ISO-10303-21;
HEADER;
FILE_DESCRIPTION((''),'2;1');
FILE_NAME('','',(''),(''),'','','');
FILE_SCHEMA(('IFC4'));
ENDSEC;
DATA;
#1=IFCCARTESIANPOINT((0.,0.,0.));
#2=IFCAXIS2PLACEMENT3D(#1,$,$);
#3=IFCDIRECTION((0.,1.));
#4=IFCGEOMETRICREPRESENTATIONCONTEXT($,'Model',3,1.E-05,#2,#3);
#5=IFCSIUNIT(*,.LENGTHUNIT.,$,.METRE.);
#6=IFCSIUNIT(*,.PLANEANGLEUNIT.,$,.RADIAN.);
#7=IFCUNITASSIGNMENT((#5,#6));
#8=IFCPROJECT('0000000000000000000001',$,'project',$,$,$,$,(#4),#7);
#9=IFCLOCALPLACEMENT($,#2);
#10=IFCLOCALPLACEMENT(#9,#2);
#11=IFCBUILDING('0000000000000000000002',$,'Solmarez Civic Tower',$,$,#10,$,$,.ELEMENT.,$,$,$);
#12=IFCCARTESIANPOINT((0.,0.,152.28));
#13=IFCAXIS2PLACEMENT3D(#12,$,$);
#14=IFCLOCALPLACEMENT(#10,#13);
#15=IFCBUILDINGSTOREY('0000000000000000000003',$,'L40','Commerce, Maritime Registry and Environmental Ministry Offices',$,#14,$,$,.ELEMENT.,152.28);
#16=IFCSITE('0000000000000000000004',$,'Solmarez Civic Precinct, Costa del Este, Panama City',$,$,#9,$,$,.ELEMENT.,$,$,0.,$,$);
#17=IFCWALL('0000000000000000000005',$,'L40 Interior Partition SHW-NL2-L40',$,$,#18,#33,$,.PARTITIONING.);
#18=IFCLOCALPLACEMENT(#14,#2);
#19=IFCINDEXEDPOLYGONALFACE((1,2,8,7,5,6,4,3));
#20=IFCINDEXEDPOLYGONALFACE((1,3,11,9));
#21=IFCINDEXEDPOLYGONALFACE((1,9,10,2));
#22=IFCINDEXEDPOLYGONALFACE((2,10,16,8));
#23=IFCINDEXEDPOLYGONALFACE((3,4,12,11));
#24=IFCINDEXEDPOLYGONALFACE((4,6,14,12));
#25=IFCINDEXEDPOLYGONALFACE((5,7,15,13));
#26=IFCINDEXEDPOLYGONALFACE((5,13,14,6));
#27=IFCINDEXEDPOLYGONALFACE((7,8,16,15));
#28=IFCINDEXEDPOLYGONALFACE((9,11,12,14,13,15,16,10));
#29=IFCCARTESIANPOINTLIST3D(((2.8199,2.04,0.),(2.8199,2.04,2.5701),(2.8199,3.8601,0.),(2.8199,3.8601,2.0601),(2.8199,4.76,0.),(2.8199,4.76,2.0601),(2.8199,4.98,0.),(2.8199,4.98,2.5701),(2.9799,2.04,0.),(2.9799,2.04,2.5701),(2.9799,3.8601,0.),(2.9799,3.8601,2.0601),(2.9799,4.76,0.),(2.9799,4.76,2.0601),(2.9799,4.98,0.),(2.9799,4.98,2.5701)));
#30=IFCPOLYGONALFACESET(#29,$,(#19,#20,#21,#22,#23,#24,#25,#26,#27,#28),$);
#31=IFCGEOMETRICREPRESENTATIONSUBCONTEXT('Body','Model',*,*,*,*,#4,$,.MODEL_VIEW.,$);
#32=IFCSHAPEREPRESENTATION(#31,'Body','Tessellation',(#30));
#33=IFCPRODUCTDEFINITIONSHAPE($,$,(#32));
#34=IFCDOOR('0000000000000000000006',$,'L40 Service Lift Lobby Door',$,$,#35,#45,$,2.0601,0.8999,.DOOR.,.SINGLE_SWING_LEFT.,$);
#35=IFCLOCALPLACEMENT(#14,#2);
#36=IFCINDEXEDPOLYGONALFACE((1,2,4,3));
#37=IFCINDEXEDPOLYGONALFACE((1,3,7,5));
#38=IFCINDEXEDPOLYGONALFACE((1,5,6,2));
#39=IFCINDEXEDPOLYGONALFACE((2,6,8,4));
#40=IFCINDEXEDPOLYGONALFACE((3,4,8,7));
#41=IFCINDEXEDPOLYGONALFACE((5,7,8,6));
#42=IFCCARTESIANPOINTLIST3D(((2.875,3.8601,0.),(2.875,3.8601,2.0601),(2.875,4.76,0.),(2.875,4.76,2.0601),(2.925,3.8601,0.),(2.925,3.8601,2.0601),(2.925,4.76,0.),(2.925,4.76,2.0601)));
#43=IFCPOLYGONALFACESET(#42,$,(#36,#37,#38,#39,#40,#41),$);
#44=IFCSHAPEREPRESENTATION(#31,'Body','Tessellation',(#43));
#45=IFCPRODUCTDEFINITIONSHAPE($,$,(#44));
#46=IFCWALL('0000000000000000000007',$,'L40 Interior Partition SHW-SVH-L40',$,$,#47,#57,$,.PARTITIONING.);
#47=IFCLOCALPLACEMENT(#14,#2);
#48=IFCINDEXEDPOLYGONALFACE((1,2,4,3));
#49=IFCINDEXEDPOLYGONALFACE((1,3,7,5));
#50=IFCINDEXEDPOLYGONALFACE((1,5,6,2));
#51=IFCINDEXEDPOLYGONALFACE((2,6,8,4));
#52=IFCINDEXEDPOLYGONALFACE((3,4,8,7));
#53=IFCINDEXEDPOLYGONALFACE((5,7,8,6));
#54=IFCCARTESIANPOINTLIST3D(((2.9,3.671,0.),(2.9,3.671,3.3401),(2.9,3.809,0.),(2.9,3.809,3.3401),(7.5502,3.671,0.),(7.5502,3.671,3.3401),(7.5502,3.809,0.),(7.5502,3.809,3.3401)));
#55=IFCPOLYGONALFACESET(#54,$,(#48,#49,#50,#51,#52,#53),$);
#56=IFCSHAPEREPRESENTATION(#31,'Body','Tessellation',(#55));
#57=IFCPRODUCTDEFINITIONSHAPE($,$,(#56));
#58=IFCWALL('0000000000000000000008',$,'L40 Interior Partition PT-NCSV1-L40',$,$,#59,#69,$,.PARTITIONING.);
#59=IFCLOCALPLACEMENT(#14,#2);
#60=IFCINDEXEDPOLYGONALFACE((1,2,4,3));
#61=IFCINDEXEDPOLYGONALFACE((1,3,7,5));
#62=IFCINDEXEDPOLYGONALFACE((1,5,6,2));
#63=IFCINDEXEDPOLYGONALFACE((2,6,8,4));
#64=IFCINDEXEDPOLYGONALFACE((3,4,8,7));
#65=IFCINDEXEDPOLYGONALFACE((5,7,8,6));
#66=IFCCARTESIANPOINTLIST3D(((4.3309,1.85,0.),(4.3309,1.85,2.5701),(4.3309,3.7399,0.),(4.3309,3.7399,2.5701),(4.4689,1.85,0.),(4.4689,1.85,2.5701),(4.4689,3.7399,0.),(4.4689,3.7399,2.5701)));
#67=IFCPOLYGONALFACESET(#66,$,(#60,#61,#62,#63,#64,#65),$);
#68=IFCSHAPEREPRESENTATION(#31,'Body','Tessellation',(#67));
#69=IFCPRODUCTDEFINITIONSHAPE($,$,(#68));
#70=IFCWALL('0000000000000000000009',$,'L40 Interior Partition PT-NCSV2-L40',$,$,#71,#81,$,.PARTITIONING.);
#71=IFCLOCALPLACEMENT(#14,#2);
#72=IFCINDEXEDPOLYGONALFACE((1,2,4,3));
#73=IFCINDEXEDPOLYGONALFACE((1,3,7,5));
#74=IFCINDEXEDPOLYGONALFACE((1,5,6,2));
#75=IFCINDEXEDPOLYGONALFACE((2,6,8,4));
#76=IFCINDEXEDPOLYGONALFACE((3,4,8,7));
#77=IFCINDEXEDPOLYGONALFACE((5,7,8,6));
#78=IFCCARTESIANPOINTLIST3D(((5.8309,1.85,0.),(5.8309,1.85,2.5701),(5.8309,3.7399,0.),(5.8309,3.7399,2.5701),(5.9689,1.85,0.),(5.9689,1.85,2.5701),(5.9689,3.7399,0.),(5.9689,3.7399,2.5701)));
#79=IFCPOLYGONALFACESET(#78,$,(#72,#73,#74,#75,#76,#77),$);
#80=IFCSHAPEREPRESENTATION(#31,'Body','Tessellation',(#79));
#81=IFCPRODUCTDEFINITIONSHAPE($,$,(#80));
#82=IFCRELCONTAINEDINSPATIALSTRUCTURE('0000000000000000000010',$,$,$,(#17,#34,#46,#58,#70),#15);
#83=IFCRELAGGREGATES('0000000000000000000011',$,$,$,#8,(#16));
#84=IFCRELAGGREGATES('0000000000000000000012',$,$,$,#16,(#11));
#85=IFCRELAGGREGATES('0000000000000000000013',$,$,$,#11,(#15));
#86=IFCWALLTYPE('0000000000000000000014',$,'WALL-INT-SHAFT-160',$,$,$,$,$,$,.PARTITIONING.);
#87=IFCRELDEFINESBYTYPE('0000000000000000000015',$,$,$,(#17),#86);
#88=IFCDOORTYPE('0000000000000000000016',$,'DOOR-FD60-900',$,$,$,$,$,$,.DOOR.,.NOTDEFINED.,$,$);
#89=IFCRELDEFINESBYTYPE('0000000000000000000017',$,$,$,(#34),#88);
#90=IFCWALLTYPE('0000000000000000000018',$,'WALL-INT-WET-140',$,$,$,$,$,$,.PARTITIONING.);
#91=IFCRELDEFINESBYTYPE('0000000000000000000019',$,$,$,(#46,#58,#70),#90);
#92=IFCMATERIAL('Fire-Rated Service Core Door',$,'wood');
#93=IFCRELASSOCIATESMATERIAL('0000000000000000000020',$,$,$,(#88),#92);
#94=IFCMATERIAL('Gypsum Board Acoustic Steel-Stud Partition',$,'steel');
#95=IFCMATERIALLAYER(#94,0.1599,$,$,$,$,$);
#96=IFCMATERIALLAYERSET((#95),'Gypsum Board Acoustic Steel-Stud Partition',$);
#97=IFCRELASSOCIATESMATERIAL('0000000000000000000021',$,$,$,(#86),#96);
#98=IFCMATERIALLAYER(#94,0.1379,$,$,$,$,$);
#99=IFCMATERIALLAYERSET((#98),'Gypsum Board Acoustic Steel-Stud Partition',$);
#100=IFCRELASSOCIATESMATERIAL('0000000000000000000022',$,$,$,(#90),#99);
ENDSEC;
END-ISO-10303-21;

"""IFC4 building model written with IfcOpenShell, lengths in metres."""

from ifc_helpers import new_model, si_unit, direction, frame, frame_2d, origin, place, context, subcontext, project, spatial, rectangle, extrude, material, layer, layer_set, type_object, element, fill, save


model = new_model("IFC4")

# Units and contexts
model_context = context("Model", 3, precision=1e-05, world=origin(), true_north=direction((0.0, 1.0)))
body_context = subcontext(model_context, "Body", "Model", "MODEL_VIEW")
ifc_project = project(units=[si_unit("LENGTHUNIT", "METRE"), si_unit("PLANEANGLEUNIT", "RADIAN")], contexts=[model_context])

# Site, building, storey
site_placement = place(None, origin())
site = spatial("IfcSite", under=ifc_project, at=site_placement, Name="Solmarez Civic Precinct, Costa del Este, Panama City", CompositionType="ELEMENT", RefElevation=0.0)
building_placement = place(site_placement, origin())
building = spatial("IfcBuilding", under=site, at=building_placement, Name="Solmarez Civic Tower", CompositionType="ELEMENT")
storey_placement = place(building_placement, frame((0.0, 0.0, 152.28)))
storey = spatial("IfcBuildingStorey", under=building, at=storey_placement, Name="L40", Description="Commerce, Maritime Registry and Environmental Ministry Offices", CompositionType="ELEMENT", Elevation=152.28)

# Shared definitions
ifc_material_1 = material(Name="Fire-Rated Service Core Door", Category="wood")
door_type_1 = type_object("IfcDoorType", Name="DOOR-FD60-900", OperationType="NOTDEFINED", PredefinedType="DOOR", material=ifc_material_1)

# Shared definitions
ifc_material_2 = material(Name="Gypsum Board Acoustic Steel-Stud Partition", Category="steel")

# Wall, opening, door
ifc_layer_1 = layer(ifc_material_2, 0.1599)
ifc_layer_set_1 = layer_set([ifc_layer_1], Name="Gypsum Board Acoustic Steel-Stud Partition")
wall_type_1 = type_object("IfcWallType", Name="WALL-INT-SHAFT-160", PredefinedType="PARTITIONING", material=ifc_layer_set_1)
wall_1_placement = place(storey_placement, frame((2.8999, 2.04, 0.0), z_axis=(0.0, 0.0, 1.0), x_axis=(0.0, 1.0, 0.0)))
wall_1 = element("IfcWall", 1, at=wall_1_placement, inside=storey, type_object=wall_type_1, Name="L40 Interior Partition SHW-NL2-L40", PredefinedType="PARTITIONING", context=body_context, shape_type="SweptSolid", body=[
    extrude(rectangle(XDim=2.9399, YDim=0.1599, at=frame_2d((1.47, 0.0))), origin(), (0.0, 0.0, 1.0), 2.5701),
])
opening_1_placement = place(wall_1_placement, frame((1.8201, 0.0, 0.0)))
opening_1 = element("IfcOpeningElement", 2, at=opening_1_placement, cuts=wall_1, PredefinedType="OPENING", context=body_context, shape_type="SweptSolid", body=[
    extrude(rectangle(XDim=0.8999, YDim=2.0601, at=frame_2d((0.45, 1.03))), frame((0.0, 0.0898, 0.0), z_axis=(0.0, -1.0, 0.0), x_axis=(1.0, 0.0, 0.0)), (0.0, 0.0, 1.0), 0.1799),
])
door_1_placement = place(opening_1_placement, origin())
door_1 = element("IfcDoor", 3, at=door_1_placement, inside=storey, type_object=door_type_1, Name="L40 Service Lift Lobby Door", OperationType="SINGLE_SWING_LEFT", OverallHeight=2.0601, OverallWidth=0.8999, PredefinedType="DOOR", context=body_context, shape_type="SweptSolid", body=[
    extrude(rectangle(XDim=0.8999, YDim=2.0601, at=frame_2d((0.45, 1.03))), frame((0.0, 0.0249, 0.0), z_axis=(0.0, -1.0, 0.0), x_axis=(1.0, 0.0, 0.0)), (0.0, 0.0, 1.0), 0.05),
])
fill(opening_1, door_1)

# Walls
ifc_layer_2 = layer(ifc_material_2, 0.1379)
ifc_layer_set_2 = layer_set([ifc_layer_2], Name="Gypsum Board Acoustic Steel-Stud Partition")
wall_type_2 = type_object("IfcWallType", Name="WALL-INT-WET-140", PredefinedType="PARTITIONING", material=ifc_layer_set_2)
wall_2_placement = place(storey_placement, frame((2.8999, 3.74, 0.0), z_axis=(0.0, 0.0, 1.0), x_axis=(1.0, 0.0, 0.0)))
element("IfcWall", 4, at=wall_2_placement, inside=storey, type_object=wall_type_2, Name="L40 Interior Partition SHW-SVH-L40", PredefinedType="PARTITIONING", context=body_context, shape_type="SweptSolid", body=[
    extrude(rectangle(XDim=4.6501, YDim=0.1379, at=frame_2d((2.3252, 0.0))), origin(), (0.0, 0.0, 1.0), 3.3401),
])
for number, where, z_axis, x_axis, name in (
    (5, (4.3999, 1.8501, 0.0), (0.0, 0.0, 1.0), (0.0, 1.0, 0.0), "L40 Interior Partition PT-NCSV1-L40"),
    (6, (5.8999, 1.8501, 0.0), (0.0, 0.0, 1.0), (0.0, 1.0, 0.0), "L40 Interior Partition PT-NCSV2-L40"),
):
    element("IfcWall", number, at=place(storey_placement, frame(where, z_axis=z_axis, x_axis=x_axis)), inside=storey, type_object=wall_type_2, Name=name, PredefinedType="PARTITIONING", context=body_context, shape_type="SweptSolid", body=[
        extrude(rectangle(XDim=1.8899, YDim=0.1379, at=frame_2d((0.9448, 0.0))), origin(), (0.0, 0.0, 1.0), 2.5701),
    ])

save(model, "model.ifc")
